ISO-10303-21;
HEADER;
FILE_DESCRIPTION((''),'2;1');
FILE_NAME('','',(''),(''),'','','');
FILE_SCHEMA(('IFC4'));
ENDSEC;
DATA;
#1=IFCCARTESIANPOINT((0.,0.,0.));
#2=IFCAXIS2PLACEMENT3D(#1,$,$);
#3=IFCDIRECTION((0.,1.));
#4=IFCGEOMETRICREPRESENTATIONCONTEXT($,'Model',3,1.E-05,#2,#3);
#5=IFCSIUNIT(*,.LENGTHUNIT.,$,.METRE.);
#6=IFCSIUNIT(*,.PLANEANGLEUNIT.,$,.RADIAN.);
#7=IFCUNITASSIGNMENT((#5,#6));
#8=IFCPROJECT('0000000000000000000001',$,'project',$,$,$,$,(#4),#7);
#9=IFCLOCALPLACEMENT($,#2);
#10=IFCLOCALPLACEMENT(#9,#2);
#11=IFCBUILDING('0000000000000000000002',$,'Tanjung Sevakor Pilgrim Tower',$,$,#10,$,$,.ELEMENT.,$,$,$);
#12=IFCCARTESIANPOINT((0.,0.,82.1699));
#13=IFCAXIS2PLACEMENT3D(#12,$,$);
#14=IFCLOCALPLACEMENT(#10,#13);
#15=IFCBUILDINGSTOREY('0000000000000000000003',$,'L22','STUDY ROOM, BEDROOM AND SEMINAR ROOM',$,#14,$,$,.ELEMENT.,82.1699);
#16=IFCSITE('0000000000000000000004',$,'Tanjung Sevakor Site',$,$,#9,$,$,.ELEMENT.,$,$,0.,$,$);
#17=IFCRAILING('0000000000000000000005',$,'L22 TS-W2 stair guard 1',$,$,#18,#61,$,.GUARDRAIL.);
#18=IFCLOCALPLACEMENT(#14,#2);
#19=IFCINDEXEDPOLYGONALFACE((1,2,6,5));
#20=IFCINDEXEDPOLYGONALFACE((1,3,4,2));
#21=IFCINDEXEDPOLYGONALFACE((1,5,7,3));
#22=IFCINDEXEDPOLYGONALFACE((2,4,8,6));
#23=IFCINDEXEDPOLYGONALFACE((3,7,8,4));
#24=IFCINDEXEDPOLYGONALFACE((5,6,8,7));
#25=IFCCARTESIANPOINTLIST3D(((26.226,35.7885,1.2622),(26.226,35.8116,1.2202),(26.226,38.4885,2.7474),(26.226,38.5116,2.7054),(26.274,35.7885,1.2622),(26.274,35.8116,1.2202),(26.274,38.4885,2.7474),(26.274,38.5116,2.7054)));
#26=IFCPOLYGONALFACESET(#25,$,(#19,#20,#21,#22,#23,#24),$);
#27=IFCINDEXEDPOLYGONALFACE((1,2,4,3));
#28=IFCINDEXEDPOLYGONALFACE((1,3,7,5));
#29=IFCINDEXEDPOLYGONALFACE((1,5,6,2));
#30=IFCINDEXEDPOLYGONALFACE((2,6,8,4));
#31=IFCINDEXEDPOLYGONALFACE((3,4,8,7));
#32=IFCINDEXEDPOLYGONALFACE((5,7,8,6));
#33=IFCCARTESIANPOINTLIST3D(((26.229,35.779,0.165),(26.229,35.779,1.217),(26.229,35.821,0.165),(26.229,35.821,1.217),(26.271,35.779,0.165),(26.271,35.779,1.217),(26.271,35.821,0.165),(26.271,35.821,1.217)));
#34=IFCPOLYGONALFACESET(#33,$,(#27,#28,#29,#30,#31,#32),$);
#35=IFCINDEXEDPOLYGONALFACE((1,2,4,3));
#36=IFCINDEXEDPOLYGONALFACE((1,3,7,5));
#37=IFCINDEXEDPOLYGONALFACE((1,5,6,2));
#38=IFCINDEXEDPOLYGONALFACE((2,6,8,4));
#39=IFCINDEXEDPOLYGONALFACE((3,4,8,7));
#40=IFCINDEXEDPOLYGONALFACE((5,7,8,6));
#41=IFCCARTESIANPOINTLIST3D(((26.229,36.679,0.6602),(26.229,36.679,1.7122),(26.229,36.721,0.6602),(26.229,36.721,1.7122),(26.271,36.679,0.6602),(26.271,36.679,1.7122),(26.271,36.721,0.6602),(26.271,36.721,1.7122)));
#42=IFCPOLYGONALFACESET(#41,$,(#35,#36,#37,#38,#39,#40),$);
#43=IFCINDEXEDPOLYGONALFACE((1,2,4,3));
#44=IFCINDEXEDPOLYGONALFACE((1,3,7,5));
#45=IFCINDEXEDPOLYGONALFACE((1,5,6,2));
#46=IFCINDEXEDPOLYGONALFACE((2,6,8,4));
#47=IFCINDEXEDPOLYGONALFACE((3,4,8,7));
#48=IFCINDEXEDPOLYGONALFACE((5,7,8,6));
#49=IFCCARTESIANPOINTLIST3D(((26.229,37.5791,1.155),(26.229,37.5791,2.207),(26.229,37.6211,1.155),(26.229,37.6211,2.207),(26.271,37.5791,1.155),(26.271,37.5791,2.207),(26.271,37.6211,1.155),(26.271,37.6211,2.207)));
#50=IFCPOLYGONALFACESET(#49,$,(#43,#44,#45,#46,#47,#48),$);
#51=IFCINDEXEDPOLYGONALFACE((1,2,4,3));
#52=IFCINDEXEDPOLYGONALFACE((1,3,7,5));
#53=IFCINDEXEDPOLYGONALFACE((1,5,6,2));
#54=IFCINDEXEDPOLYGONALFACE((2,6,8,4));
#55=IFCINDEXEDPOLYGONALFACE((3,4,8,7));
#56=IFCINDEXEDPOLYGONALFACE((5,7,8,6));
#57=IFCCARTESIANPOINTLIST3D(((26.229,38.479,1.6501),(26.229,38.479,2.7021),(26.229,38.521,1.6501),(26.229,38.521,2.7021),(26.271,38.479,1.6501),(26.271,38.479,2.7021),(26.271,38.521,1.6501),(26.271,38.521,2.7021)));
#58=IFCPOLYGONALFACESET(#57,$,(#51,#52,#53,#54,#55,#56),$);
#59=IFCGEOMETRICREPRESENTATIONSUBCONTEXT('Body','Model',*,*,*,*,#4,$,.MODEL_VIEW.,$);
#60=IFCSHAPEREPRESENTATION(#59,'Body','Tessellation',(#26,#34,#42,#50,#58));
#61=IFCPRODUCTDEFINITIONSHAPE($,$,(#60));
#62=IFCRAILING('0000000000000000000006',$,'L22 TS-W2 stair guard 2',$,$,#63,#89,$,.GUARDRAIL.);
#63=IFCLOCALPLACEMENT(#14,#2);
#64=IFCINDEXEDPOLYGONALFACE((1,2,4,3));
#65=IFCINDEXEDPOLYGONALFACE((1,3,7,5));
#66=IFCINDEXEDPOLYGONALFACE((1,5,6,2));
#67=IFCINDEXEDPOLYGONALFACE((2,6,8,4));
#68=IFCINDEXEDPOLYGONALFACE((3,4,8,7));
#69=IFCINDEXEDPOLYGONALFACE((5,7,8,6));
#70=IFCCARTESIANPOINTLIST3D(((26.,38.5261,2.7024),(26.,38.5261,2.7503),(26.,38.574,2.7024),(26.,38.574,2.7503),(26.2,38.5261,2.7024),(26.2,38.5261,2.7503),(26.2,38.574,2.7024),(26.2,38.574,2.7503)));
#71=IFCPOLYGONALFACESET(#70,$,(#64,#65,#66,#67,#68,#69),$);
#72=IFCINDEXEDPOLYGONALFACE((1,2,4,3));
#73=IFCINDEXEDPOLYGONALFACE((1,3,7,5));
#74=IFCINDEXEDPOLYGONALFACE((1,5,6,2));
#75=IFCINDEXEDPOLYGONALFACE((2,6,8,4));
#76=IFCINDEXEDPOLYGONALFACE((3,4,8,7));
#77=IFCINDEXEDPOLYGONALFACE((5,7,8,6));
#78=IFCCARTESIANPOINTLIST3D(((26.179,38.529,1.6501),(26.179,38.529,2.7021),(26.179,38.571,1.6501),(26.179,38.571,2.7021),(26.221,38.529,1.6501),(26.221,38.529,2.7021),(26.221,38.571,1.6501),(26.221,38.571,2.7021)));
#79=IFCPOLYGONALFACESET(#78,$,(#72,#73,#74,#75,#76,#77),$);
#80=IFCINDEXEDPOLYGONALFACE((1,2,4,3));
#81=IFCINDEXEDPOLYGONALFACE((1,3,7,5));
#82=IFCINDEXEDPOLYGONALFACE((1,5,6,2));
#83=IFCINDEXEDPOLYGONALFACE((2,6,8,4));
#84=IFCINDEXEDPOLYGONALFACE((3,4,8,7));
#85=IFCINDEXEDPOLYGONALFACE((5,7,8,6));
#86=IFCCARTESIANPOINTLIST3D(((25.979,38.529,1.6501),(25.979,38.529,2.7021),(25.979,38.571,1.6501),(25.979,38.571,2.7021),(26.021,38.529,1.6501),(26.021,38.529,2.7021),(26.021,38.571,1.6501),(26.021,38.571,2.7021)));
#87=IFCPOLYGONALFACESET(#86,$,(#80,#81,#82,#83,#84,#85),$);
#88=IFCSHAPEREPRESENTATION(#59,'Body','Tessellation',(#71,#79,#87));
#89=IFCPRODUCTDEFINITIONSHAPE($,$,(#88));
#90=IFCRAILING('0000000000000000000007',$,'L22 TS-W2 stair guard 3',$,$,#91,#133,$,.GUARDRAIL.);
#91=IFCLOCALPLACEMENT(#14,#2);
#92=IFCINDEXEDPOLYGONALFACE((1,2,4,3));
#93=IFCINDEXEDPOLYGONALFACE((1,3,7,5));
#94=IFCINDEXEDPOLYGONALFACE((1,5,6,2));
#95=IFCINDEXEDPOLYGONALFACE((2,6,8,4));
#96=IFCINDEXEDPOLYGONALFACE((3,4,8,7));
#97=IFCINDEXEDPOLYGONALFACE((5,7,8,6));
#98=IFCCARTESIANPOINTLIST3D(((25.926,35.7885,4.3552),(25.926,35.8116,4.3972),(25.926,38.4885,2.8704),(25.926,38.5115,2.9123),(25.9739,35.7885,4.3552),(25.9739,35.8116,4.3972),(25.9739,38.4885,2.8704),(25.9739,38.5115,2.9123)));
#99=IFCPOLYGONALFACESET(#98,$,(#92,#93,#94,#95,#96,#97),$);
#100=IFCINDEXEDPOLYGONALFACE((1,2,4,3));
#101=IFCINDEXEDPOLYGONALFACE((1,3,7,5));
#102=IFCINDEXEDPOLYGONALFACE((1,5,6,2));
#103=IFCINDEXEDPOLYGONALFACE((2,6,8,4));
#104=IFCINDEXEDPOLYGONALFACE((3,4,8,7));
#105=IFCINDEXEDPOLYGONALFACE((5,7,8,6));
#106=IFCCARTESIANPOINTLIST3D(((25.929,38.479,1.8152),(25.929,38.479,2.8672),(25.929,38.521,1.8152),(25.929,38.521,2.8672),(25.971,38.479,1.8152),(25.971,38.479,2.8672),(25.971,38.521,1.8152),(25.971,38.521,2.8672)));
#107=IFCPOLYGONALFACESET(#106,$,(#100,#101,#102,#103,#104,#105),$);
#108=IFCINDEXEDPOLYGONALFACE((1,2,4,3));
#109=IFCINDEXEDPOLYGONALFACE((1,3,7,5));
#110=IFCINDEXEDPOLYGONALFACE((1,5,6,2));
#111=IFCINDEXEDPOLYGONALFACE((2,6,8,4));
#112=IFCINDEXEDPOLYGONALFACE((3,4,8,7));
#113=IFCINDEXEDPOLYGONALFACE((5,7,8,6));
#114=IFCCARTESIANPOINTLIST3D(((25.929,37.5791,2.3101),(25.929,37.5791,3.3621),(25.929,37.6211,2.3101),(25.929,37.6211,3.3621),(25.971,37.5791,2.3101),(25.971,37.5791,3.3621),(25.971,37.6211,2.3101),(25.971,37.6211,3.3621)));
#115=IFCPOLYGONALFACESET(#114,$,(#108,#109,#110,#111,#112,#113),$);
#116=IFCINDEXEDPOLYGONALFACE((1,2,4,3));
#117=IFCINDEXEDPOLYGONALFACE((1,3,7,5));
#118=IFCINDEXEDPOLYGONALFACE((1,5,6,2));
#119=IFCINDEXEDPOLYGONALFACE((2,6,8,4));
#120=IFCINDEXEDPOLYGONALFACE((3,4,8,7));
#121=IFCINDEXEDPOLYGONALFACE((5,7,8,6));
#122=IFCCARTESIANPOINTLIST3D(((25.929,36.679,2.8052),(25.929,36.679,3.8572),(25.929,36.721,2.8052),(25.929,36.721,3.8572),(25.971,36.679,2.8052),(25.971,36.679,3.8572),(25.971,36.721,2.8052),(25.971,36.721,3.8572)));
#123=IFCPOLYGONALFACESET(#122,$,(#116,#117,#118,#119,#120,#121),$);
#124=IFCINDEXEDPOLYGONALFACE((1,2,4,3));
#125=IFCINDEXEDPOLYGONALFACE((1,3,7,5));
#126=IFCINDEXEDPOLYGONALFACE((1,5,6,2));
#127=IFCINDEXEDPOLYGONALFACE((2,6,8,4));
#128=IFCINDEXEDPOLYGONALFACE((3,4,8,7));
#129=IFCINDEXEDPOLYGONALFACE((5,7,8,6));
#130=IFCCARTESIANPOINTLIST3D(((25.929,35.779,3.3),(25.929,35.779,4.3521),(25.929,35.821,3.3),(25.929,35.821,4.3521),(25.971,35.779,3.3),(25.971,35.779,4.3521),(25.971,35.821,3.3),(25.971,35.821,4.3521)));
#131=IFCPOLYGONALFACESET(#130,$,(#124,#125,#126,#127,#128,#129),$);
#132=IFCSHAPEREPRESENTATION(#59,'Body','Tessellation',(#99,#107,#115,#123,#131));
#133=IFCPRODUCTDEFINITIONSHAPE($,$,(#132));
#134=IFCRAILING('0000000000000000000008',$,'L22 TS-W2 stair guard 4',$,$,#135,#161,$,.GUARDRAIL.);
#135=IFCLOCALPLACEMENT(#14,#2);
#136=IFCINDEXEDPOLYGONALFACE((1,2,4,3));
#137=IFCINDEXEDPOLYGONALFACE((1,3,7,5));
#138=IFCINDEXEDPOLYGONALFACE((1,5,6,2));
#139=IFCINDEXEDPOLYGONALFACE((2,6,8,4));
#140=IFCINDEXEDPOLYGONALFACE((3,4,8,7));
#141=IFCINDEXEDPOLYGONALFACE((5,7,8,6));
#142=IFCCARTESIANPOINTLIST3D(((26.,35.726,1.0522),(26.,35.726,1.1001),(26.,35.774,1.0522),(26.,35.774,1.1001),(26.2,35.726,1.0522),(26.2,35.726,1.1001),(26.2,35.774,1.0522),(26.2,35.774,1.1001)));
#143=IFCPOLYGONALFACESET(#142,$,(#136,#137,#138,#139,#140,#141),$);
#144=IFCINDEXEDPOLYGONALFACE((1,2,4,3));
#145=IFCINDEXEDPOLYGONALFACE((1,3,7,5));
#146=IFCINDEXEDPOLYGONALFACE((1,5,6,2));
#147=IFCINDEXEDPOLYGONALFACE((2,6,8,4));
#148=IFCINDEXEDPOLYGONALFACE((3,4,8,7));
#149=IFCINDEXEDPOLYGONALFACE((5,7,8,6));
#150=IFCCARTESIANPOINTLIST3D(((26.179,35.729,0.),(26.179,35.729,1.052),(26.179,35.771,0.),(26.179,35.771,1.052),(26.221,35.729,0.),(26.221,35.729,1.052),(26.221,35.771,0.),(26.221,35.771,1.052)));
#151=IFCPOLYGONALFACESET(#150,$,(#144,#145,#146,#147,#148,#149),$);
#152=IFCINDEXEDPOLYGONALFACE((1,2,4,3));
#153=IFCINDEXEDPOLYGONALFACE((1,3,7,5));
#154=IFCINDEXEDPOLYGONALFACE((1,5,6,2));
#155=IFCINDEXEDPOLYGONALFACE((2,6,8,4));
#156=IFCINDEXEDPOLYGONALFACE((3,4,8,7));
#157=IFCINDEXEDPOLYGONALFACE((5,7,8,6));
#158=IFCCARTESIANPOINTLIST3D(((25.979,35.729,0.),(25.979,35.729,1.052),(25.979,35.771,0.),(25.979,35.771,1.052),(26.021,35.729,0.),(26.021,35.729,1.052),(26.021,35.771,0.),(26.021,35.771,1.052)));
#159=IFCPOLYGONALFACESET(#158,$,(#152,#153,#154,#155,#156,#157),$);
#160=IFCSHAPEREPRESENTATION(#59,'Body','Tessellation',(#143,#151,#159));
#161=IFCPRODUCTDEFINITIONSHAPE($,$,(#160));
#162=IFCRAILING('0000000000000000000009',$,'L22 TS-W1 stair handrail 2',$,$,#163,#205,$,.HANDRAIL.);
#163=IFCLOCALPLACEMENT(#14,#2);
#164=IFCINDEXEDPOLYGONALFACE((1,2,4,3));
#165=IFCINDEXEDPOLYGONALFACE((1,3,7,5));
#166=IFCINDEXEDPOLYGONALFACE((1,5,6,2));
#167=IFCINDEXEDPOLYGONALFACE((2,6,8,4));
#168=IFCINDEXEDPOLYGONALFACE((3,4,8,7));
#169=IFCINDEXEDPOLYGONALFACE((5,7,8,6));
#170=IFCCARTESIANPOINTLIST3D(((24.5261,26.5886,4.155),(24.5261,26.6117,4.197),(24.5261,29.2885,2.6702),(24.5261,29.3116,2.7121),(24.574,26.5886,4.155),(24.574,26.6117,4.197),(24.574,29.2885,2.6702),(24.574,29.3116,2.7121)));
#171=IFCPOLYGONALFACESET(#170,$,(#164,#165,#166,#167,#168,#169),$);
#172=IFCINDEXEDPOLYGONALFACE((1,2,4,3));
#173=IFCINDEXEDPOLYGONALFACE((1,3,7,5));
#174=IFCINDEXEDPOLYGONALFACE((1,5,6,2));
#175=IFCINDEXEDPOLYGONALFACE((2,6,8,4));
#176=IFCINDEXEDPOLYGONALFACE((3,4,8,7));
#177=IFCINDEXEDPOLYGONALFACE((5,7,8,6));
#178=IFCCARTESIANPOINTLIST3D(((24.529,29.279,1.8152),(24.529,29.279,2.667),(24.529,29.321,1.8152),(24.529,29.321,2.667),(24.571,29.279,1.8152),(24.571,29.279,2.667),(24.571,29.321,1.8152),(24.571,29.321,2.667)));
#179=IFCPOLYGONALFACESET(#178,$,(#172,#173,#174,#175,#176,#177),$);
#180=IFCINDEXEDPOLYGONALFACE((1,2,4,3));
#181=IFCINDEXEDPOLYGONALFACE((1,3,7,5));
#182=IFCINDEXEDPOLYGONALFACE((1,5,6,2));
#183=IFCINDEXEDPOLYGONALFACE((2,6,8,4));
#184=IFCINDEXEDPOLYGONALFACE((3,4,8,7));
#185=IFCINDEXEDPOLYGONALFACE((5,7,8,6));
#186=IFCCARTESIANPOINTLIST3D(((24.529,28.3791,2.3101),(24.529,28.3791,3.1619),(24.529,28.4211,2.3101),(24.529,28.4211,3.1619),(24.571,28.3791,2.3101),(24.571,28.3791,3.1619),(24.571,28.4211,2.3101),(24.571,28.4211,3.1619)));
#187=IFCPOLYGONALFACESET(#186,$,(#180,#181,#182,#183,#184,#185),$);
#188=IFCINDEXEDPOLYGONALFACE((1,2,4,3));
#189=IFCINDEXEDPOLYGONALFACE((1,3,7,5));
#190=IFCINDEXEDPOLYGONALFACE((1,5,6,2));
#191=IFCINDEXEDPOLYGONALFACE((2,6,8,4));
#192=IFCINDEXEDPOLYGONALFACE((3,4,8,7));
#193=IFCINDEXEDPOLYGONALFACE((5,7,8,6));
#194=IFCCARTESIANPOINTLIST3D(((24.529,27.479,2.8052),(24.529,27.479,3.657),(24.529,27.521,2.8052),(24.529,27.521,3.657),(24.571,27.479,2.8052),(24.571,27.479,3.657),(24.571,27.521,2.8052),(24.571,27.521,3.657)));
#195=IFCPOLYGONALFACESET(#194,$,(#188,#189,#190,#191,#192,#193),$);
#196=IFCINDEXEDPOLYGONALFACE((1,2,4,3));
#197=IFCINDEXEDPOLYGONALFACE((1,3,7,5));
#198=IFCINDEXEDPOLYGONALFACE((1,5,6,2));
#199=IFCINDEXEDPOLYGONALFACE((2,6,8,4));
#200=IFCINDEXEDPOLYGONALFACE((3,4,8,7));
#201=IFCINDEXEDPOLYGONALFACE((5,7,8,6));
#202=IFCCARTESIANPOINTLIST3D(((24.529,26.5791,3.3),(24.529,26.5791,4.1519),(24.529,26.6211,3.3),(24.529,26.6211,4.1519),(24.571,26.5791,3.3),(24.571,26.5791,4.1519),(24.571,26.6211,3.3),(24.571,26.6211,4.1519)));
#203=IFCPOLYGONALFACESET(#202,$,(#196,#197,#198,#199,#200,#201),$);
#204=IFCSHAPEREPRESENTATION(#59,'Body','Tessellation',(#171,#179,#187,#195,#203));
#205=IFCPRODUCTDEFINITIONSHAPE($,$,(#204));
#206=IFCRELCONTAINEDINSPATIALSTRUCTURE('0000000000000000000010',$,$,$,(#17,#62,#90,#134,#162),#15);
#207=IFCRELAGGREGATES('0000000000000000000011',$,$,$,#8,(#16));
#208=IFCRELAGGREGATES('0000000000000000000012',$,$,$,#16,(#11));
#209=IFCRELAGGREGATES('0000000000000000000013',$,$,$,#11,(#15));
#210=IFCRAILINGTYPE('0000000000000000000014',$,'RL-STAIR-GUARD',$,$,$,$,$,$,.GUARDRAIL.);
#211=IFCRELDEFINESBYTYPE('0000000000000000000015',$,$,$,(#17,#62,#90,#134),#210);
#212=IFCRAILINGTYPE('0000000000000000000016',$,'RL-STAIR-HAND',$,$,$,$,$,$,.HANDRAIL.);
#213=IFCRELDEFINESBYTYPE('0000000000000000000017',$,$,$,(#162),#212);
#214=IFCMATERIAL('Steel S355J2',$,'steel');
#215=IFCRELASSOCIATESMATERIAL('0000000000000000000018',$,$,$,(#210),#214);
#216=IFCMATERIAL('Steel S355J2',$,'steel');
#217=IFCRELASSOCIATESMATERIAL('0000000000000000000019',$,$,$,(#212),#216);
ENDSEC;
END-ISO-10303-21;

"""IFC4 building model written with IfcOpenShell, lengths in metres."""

from ifc_helpers import new_model, si_unit, direction, frame, origin, place, context, subcontext, project, spatial, rectangle, extrude, material, type_object, element, save


model = new_model("IFC4")

# Units and contexts
model_context = context("Model", 3, precision=1e-05, world=origin(), true_north=direction((0.0, 1.0)))
body_context = subcontext(model_context, "Body", "Model", "MODEL_VIEW")
ifc_project = project(units=[si_unit("LENGTHUNIT", "METRE"), si_unit("PLANEANGLEUNIT", "RADIAN")], contexts=[model_context])

# Site, building, storey
site_placement = place(None, origin())
site = spatial("IfcSite", under=ifc_project, at=site_placement, Name="Tanjung Sevakor Site", CompositionType="ELEMENT", RefElevation=0.0)
building_placement = place(site_placement, origin())
building = spatial("IfcBuilding", under=site, at=building_placement, Name="Tanjung Sevakor Pilgrim Tower", CompositionType="ELEMENT")
storey_placement = place(building_placement, frame((0.0, 0.0, 82.1699)))
storey = spatial("IfcBuildingStorey", under=building, at=storey_placement, Name="L22", Description="STUDY ROOM, BEDROOM AND SEMINAR ROOM", CompositionType="ELEMENT", Elevation=82.1699)

# Railings
ifc_material_1 = material(Name="Steel S355J2", Category="steel")
railing_type_1 = type_object("IfcRailingType", Name="RL-STAIR-GUARD", PredefinedType="GUARDRAIL", material=ifc_material_1)
railing_1_placement = place(storey_placement, frame((26.25, 35.8, 0.165)))
element("IfcRailing", 1, at=railing_1_placement, inside=storey, type_object=railing_type_1, Name="L22 TS-W2 stair guard 1", PredefinedType="GUARDRAIL", context=body_context, shape_type="SweptSolid", body=[
    extrude(rectangle(XDim=0.0479, YDim=0.0479), frame((0.0, 0.0, 1.0762), z_axis=(0.0, 0.876198, 0.481952), x_axis=(-1.0, 0.0, 0.0)), (0.0, 0.0, 1.0), 3.0815),
    extrude(rectangle(XDim=0.042, YDim=0.042), origin(), (0.0, 0.0, 1.0), 1.052),
    extrude(rectangle(XDim=0.042, YDim=0.042), frame((0.0, 0.8999, 0.4951)), (0.0, 0.0, 1.0), 1.052),
    extrude(rectangle(XDim=0.042, YDim=0.042), frame((0.0, 1.8, 0.99)), (0.0, 0.0, 1.0), 1.052),
    extrude(rectangle(XDim=0.042, YDim=0.042), frame((0.0, 2.7, 1.4851)), (0.0, 0.0, 1.0), 1.052),
])
railing_2_placement = place(storey_placement, frame((26.2, 38.55, 1.6501)))
element("IfcRailing", 2, at=railing_2_placement, inside=storey, type_object=railing_type_1, Name="L22 TS-W2 stair guard 2", PredefinedType="GUARDRAIL", context=body_context, shape_type="SweptSolid", body=[
    extrude(rectangle(XDim=0.0479, YDim=0.0479), frame((0.0, 0.0, 1.0762), z_axis=(-1.0, 0.0, 0.0), x_axis=(0.0, -1.0, 0.0)), (0.0, 0.0, 1.0), 0.2),
    extrude(rectangle(XDim=0.042, YDim=0.042), origin(), (0.0, 0.0, 1.0), 1.052),
    extrude(rectangle(XDim=0.042, YDim=0.042), frame((-0.2, 0.0, 0.0)), (0.0, 0.0, 1.0), 1.052),
])
railing_3_placement = place(storey_placement, frame((25.95, 38.5, 1.8152)))
element("IfcRailing", 3, at=railing_3_placement, inside=storey, type_object=railing_type_1, Name="L22 TS-W2 stair guard 3", PredefinedType="GUARDRAIL", context=body_context, shape_type="SweptSolid", body=[
    extrude(rectangle(XDim=0.0479, YDim=0.0479), frame((0.0, 0.0, 1.0762), z_axis=(0.0, -0.876231, 0.481891), x_axis=(1.0, 0.0, 0.0)), (0.0, 0.0, 1.0), 3.0813),
    extrude(rectangle(XDim=0.042, YDim=0.042), origin(), (0.0, 0.0, 1.0), 1.052),
    extrude(rectangle(XDim=0.042, YDim=0.042), frame((0.0, -0.8999, 0.4949)), (0.0, 0.0, 1.0), 1.052),
    extrude(rectangle(XDim=0.042, YDim=0.042), frame((0.0, -1.8, 0.99)), (0.0, 0.0, 1.0), 1.052),
    extrude(rectangle(XDim=0.042, YDim=0.042), frame((0.0, -2.7, 1.4849)), (0.0, 0.0, 1.0), 1.052),
])
railing_4_placement = place(storey_placement, frame((26.2, 35.75, 0.0)))
element("IfcRailing", 4, at=railing_4_placement, inside=storey, type_object=railing_type_1, Name="L22 TS-W2 stair guard 4", PredefinedType="GUARDRAIL", context=body_context, shape_type="SweptSolid", body=[
    extrude(rectangle(XDim=0.0479, YDim=0.0479), frame((0.0, 0.0, 1.0762), z_axis=(-1.0, 0.0, 0.0), x_axis=(0.0, -1.0, 0.0)), (0.0, 0.0, 1.0), 0.2),
    extrude(rectangle(XDim=0.042, YDim=0.042), origin(), (0.0, 0.0, 1.0), 1.052),
    extrude(rectangle(XDim=0.042, YDim=0.042), frame((-0.2, 0.0, 0.0)), (0.0, 0.0, 1.0), 1.052),
])
ifc_material_2 = material(Name="Steel S355J2", Category="steel")
railing_type_2 = type_object("IfcRailingType", Name="RL-STAIR-HAND", PredefinedType="HANDRAIL", material=ifc_material_2)
railing_5_placement = place(storey_placement, frame((24.55, 29.3, 1.8152)))
element("IfcRailing", 5, at=railing_5_placement, inside=storey, type_object=railing_type_2, Name="L22 TS-W1 stair handrail 2", PredefinedType="HANDRAIL", context=body_context, shape_type="SweptSolid", body=[
    extrude(rectangle(XDim=0.0479, YDim=0.0479), frame((0.0, 0.0, 0.876), z_axis=(0.0, -0.876231, 0.481891), x_axis=(1.0, 0.0, 0.0)), (0.0, 0.0, 1.0), 3.0813),
    extrude(rectangle(XDim=0.042, YDim=0.042), origin(), (0.0, 0.0, 1.0), 0.8518),
    extrude(rectangle(XDim=0.042, YDim=0.042), frame((0.0, -0.8999, 0.4949)), (0.0, 0.0, 1.0), 0.8518),
    extrude(rectangle(XDim=0.042, YDim=0.042), frame((0.0, -1.8, 0.99)), (0.0, 0.0, 1.0), 0.8518),
    extrude(rectangle(XDim=0.042, YDim=0.042), frame((0.0, -2.7, 1.4849)), (0.0, 0.0, 1.0), 0.8518),
])

save(model, "model.ifc")
